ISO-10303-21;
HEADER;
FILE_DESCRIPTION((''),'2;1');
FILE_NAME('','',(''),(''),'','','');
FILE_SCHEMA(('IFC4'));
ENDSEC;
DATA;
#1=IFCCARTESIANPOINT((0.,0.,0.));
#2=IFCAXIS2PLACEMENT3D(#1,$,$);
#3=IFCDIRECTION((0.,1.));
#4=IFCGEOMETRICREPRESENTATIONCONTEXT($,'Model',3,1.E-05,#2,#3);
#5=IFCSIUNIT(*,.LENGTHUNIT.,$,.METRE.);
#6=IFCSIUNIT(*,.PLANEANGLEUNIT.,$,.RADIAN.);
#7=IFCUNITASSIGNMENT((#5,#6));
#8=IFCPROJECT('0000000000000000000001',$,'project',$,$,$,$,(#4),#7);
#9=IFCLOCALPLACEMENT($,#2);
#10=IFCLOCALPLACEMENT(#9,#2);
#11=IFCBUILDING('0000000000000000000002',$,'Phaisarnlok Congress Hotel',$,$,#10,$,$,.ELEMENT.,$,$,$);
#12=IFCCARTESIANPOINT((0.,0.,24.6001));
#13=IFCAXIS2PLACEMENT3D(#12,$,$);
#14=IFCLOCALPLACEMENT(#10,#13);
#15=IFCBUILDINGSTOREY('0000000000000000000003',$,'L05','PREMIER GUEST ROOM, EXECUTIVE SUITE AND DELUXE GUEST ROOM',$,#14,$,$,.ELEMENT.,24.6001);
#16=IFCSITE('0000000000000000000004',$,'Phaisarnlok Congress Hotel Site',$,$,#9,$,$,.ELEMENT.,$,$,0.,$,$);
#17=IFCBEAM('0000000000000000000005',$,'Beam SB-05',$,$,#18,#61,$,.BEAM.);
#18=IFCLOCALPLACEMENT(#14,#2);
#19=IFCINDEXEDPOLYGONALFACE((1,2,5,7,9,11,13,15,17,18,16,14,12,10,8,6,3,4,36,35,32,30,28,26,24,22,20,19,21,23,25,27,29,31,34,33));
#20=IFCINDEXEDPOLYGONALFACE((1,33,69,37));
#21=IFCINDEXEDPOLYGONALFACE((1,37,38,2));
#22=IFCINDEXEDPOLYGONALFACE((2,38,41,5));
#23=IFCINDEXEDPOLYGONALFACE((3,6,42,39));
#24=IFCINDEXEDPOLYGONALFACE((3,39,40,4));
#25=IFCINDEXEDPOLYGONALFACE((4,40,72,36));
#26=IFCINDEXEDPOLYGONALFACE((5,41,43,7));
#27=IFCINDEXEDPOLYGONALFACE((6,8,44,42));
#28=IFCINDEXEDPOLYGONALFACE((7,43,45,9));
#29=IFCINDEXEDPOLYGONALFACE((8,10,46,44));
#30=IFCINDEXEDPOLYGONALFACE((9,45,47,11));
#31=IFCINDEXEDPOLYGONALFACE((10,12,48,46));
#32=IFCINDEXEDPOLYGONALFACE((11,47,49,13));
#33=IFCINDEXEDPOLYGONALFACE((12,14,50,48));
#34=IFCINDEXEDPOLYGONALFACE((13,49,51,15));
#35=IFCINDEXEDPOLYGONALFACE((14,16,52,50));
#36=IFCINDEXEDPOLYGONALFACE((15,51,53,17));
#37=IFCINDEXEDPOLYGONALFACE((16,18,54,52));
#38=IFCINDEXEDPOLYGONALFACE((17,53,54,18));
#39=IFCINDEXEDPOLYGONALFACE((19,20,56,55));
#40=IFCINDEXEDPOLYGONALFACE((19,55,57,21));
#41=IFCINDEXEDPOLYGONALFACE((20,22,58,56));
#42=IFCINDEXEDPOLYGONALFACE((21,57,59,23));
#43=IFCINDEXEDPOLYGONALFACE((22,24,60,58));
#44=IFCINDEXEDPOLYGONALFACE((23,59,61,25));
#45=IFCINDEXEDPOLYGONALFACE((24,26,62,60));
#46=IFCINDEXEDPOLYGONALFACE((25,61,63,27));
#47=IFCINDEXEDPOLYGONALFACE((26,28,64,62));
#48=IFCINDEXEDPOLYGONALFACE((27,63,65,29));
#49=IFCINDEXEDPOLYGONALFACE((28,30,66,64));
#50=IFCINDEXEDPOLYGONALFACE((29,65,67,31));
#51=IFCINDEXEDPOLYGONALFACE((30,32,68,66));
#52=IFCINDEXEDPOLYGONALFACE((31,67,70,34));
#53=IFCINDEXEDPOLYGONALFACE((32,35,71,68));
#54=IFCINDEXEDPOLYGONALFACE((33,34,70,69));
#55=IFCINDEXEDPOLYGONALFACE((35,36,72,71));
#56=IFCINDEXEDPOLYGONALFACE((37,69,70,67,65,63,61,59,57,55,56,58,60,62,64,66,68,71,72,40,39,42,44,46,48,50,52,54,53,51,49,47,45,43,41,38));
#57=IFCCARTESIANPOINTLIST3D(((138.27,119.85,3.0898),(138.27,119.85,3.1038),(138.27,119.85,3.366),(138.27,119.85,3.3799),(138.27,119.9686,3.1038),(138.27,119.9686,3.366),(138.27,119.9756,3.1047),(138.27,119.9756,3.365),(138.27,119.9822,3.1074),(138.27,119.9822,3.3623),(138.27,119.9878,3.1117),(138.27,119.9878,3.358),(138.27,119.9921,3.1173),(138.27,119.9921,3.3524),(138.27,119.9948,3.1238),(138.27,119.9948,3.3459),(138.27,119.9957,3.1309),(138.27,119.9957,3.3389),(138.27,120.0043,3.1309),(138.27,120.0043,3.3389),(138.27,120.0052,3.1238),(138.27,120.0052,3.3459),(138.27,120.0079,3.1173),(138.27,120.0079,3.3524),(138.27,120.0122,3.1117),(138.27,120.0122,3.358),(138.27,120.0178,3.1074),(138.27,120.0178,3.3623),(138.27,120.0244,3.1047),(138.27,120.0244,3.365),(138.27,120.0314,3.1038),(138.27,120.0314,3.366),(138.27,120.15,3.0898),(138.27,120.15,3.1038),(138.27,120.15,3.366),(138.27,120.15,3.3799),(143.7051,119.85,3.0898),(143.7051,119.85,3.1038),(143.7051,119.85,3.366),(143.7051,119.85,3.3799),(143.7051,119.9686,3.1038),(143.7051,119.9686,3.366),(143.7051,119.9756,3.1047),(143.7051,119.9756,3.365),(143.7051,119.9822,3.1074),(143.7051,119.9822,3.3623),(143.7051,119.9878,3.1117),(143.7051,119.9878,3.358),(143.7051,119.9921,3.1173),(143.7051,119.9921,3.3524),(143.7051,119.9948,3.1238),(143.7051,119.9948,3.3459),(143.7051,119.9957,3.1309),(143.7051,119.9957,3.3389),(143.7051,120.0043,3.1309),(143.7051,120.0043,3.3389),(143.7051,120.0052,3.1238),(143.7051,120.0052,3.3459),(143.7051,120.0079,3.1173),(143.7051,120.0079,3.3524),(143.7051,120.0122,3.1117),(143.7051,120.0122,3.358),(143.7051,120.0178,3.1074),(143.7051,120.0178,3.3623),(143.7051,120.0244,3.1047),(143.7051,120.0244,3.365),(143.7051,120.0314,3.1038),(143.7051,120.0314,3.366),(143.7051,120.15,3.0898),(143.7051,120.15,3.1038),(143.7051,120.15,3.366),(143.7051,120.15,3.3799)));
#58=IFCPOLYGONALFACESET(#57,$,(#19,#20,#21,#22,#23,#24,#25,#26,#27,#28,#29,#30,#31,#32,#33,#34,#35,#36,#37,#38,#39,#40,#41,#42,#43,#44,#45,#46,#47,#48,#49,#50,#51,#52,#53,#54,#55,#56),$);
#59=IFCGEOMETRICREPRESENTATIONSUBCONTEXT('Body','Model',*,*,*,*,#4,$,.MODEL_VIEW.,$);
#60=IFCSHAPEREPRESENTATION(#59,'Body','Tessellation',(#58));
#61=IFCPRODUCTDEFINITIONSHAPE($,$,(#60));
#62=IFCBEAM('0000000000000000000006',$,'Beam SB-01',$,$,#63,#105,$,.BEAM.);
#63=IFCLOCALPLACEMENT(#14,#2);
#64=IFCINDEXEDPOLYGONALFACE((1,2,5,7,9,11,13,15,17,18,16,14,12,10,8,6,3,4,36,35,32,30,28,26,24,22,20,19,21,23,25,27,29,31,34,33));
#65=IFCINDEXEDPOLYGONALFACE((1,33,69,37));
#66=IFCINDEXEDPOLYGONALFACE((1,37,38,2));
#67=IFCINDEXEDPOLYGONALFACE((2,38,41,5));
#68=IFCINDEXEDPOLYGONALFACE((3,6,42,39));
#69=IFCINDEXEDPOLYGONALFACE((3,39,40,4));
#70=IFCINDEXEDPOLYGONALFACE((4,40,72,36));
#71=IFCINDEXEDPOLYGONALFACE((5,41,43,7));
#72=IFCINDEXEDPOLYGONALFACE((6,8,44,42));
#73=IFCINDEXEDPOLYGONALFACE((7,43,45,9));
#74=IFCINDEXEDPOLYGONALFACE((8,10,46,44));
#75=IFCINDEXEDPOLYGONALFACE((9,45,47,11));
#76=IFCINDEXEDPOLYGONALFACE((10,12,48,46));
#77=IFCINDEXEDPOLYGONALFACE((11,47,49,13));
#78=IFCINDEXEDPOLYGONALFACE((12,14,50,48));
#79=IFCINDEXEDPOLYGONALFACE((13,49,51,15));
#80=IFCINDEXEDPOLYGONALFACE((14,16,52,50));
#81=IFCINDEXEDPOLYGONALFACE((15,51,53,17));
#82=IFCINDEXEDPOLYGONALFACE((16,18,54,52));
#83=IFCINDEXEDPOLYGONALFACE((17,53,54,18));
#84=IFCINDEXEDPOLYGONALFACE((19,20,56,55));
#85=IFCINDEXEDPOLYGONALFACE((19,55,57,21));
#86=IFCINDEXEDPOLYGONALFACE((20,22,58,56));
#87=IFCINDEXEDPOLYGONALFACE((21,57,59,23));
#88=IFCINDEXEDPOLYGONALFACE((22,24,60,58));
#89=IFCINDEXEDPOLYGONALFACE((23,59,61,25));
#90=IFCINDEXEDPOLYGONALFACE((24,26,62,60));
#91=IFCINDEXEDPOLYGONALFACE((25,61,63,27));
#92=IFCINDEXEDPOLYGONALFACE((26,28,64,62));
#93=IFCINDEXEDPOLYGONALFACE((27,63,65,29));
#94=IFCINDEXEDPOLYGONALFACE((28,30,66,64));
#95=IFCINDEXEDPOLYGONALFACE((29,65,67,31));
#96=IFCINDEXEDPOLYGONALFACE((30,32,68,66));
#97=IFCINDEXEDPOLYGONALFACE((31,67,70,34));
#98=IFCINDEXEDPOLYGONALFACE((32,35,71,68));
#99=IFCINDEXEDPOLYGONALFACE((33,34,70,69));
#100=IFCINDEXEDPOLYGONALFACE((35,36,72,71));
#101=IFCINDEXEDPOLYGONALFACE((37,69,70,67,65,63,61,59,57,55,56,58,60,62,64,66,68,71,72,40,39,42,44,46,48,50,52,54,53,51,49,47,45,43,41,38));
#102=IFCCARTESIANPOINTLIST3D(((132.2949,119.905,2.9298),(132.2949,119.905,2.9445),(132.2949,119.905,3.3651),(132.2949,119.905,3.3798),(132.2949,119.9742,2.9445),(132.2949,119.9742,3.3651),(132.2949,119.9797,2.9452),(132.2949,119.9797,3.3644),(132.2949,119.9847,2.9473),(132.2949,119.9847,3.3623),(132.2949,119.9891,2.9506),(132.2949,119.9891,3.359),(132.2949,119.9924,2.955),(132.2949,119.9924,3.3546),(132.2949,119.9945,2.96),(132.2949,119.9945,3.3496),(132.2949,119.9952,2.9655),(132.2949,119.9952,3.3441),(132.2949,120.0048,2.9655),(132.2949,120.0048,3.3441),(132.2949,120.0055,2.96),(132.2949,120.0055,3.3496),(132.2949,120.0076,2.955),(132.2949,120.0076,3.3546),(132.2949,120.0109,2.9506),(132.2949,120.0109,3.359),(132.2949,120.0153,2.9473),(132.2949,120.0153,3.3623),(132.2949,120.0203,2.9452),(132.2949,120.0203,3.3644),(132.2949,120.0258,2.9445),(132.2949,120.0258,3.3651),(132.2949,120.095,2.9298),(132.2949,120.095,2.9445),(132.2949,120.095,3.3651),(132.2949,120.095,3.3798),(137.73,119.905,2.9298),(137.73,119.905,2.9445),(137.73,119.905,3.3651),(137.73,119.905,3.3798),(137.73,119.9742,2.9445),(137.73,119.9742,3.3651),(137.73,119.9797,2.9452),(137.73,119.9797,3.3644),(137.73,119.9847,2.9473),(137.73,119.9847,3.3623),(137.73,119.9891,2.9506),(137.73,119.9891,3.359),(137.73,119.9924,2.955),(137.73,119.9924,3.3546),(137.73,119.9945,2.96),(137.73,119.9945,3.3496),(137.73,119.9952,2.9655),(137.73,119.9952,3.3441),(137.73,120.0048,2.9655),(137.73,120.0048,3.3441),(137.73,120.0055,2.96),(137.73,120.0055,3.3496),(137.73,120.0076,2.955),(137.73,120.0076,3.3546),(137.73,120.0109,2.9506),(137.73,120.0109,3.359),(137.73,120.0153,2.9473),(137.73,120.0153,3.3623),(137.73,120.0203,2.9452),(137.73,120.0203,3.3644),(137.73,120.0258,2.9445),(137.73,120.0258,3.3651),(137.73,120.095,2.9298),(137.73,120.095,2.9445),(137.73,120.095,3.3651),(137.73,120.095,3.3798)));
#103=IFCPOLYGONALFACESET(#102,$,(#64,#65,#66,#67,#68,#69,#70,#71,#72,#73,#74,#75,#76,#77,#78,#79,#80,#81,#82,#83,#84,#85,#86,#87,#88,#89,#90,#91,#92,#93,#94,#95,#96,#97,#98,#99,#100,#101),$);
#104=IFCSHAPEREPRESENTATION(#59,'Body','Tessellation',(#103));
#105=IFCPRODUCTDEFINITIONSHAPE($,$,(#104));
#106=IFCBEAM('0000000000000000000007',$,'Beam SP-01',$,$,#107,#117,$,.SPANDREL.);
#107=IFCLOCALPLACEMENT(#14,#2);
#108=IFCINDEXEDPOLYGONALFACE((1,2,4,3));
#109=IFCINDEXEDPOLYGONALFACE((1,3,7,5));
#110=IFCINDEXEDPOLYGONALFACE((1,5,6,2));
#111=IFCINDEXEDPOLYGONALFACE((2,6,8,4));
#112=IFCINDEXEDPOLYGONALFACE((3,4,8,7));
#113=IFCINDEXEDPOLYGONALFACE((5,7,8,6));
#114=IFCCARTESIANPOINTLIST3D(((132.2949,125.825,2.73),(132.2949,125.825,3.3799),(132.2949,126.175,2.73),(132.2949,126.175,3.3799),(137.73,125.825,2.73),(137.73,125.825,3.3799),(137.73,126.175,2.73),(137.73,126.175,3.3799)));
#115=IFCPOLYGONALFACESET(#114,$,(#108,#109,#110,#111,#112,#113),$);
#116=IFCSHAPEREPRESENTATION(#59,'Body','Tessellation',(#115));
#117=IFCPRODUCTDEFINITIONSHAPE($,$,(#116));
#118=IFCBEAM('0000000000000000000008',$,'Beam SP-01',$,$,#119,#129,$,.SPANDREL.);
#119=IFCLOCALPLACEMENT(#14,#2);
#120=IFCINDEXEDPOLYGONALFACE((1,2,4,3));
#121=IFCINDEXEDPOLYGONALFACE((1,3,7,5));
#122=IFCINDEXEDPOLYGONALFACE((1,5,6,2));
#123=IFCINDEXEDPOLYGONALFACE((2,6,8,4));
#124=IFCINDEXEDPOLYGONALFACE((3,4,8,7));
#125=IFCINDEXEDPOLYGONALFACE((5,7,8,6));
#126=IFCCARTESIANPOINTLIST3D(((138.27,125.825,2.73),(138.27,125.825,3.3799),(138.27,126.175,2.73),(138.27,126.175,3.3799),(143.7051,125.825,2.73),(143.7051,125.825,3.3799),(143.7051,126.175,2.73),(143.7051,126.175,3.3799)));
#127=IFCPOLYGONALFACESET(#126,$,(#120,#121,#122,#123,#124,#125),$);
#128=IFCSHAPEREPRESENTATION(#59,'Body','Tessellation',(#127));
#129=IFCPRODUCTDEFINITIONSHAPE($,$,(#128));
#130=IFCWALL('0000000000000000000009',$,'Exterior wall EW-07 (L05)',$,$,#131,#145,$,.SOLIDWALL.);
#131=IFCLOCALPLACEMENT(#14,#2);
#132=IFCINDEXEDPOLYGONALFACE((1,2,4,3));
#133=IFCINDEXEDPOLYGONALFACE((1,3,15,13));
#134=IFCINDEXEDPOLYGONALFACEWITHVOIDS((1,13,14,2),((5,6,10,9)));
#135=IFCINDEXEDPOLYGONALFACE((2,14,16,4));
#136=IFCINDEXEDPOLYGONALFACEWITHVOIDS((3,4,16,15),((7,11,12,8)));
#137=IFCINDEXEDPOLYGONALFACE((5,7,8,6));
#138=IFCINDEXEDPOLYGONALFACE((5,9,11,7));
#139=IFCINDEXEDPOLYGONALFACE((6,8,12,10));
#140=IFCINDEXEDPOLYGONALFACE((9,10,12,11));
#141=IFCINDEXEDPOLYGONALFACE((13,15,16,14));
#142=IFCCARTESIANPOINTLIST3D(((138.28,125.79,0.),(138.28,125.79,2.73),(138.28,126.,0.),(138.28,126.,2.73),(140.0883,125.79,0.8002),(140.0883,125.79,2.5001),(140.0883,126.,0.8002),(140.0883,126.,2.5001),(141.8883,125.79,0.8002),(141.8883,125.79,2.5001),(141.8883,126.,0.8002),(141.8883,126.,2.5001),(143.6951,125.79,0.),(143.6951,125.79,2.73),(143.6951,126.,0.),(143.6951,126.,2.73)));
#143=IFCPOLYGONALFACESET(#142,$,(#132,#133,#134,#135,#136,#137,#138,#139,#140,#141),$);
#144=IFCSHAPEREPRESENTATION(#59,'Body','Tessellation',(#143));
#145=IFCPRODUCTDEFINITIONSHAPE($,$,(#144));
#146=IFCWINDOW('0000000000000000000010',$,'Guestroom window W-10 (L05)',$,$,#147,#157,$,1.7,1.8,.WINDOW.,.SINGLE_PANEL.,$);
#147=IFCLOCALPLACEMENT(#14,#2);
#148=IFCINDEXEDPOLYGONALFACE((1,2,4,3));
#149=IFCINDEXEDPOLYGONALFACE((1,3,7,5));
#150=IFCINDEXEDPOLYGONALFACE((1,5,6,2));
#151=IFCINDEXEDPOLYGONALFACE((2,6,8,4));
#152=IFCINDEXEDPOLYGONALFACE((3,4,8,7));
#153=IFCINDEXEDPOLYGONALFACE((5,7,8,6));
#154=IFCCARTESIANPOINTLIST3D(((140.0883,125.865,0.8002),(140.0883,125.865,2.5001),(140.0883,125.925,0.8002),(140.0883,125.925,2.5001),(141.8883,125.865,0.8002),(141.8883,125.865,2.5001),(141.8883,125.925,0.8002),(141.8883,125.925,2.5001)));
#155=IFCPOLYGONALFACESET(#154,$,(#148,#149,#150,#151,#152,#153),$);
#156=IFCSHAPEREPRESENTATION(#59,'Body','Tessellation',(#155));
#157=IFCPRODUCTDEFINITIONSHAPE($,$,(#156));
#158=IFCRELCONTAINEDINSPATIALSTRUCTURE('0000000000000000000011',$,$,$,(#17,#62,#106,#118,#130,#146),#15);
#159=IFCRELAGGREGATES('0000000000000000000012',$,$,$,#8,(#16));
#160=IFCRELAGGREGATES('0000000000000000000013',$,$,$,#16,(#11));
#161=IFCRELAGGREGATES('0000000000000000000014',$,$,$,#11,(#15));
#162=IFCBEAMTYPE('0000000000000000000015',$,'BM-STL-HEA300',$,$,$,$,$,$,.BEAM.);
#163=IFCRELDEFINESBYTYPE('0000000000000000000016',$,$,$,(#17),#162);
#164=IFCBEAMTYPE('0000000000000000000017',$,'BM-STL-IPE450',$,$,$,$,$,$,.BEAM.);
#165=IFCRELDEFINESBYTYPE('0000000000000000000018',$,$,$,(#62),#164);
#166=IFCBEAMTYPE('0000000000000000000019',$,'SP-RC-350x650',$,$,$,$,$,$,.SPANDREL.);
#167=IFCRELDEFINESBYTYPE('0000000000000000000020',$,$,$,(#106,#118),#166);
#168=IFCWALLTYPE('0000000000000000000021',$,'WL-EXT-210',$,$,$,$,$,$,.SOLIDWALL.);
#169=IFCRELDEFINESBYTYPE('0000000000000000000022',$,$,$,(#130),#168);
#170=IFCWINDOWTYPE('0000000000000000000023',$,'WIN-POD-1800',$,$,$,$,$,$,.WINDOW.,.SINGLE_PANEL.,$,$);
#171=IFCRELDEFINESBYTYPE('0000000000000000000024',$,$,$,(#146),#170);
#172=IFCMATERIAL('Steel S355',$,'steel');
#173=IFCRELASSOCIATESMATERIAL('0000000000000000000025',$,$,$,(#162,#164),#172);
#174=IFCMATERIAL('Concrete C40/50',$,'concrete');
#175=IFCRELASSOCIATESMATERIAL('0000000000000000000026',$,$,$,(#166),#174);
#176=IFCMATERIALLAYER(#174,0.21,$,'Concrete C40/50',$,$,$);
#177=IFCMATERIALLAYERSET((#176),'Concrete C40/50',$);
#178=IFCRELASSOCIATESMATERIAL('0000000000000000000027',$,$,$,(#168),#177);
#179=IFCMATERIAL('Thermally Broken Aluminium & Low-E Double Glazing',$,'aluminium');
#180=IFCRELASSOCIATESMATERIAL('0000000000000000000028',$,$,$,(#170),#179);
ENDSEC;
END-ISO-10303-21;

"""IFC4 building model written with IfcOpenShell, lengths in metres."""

from ifc_helpers import new_model, si_unit, direction, frame, frame_2d, origin, origin_2d, place, context, subcontext, project, spatial, rectangle, i_section, extrude, material, layer, layer_set, material_profile, profile_set, type_object, element, fill, save


model = new_model("IFC4")

# Units and contexts
model_context = context("Model", 3, precision=1e-05, world=origin(), true_north=direction((0.0, 1.0)))
body_context = subcontext(model_context, "Body", "Model", "MODEL_VIEW")
ifc_project = project(units=[si_unit("LENGTHUNIT", "METRE"), si_unit("PLANEANGLEUNIT", "RADIAN")], contexts=[model_context])

# Site, building, storey
site_placement = place(None, origin())
site = spatial("IfcSite", under=ifc_project, at=site_placement, Name="Phaisarnlok Congress Hotel Site", CompositionType="ELEMENT", RefElevation=0.0)
building_placement = place(site_placement, origin())
building = spatial("IfcBuilding", under=site, at=building_placement, Name="Phaisarnlok Congress Hotel", CompositionType="ELEMENT")
storey_placement = place(building_placement, frame((0.0, 0.0, 24.6001)))
storey = spatial("IfcBuildingStorey", under=building, at=storey_placement, Name="L05", Description="PREMIER GUEST ROOM, EXECUTIVE SUITE AND DELUXE GUEST ROOM", CompositionType="ELEMENT", Elevation=24.6001)

# Beams
ifc_material_1 = material(Name="Concrete C40/50", Category="concrete")
ifc_material_2 = material(Name="Steel S355", Category="steel")
ifc_material_profile_1 = material_profile(ifc_material_2, i_section(OverallWidth=0.3, OverallDepth=0.29, WebThickness=0.0085, FlangeThickness=0.0139, FilletRadius=0.0271, at=origin_2d()), Name="HEA 300")
ifc_profile_set_1 = profile_set([ifc_material_profile_1], Name="Steel S355")
beam_type_1 = type_object("IfcBeamType", Name="BM-STL-HEA300", PredefinedType="BEAM", material=ifc_profile_set_1)
beam_1_placement = place(storey_placement, frame((138.27, 120.0, 3.2349), z_axis=(1.0, 0.0, 0.0), x_axis=(0.0, 1.0, 0.0)))
element("IfcBeam", 1, at=beam_1_placement, inside=storey, type_object=beam_type_1, Name="Beam SB-05", PredefinedType="BEAM", context=body_context, shape_type="SweptSolid", body=[
    extrude(i_section(OverallWidth=0.3, OverallDepth=0.29, WebThickness=0.0085, FlangeThickness=0.0139, FilletRadius=0.0271, at=origin_2d()), origin(), (0.0, 0.0, 1.0), 5.4351),
])
ifc_material_profile_2 = material_profile(ifc_material_2, i_section(OverallWidth=0.1899, OverallDepth=0.45, WebThickness=0.0095, FlangeThickness=0.0146, FilletRadius=0.021, at=origin_2d()), Name="IPE 450")
ifc_profile_set_2 = profile_set([ifc_material_profile_2], Name="Steel S355")
beam_type_2 = type_object("IfcBeamType", Name="BM-STL-IPE450", PredefinedType="BEAM", material=ifc_profile_set_2)
beam_2_placement = place(storey_placement, frame((132.2949, 120.0, 3.1548), z_axis=(1.0, 0.0, 0.0), x_axis=(0.0, 1.0, 0.0)))
element("IfcBeam", 2, at=beam_2_placement, inside=storey, type_object=beam_type_2, Name="Beam SB-01", PredefinedType="BEAM", context=body_context, shape_type="SweptSolid", body=[
    extrude(i_section(OverallWidth=0.1899, OverallDepth=0.45, WebThickness=0.0095, FlangeThickness=0.0146, FilletRadius=0.021, at=origin_2d()), origin(), (0.0, 0.0, 1.0), 5.4351),
])
ifc_material_profile_3 = material_profile(ifc_material_1, rectangle(XDim=0.3501, YDim=0.6499, at=origin_2d()), Name="RC 350x650")
ifc_profile_set_3 = profile_set([ifc_material_profile_3], Name="Concrete C40/50")
beam_type_3 = type_object("IfcBeamType", Name="SP-RC-350x650", PredefinedType="SPANDREL", material=ifc_profile_set_3)
for number, where, z_axis, x_axis, name in (
    (3, (132.2949, 126.0, 3.0549), (1.0, 0.0, 0.0), (0.0, 1.0, 0.0), "Beam SP-01"),
    (4, (138.27, 126.0, 3.0549), (1.0, 0.0, 0.0), (0.0, 1.0, 0.0), "Beam SP-01"),
):
    element("IfcBeam", number, at=place(storey_placement, frame(where, z_axis=z_axis, x_axis=x_axis)), inside=storey, type_object=beam_type_3, Name=name, PredefinedType="SPANDREL", context=body_context, shape_type="SweptSolid", body=[
        extrude(rectangle(XDim=0.3501, YDim=0.6499, at=origin_2d()), origin(), (0.0, 0.0, 1.0), 5.4351),
    ])

# Wall, opening, window
ifc_layer_1 = layer(ifc_material_1, 0.21, Name="Concrete C40/50")
ifc_layer_set_1 = layer_set([ifc_layer_1], Name="Concrete C40/50")
wall_type_1 = type_object("IfcWallType", Name="WL-EXT-210", PredefinedType="SOLIDWALL", material=ifc_layer_set_1)
wall_1_placement = place(storey_placement, frame((143.6951, 125.895, 0.0), z_axis=(0.0, 0.0, 1.0), x_axis=(-1.0, 0.0, 0.0)))
wall_1 = element("IfcWall", 5, at=wall_1_placement, inside=storey, type_object=wall_type_1, Name="Exterior wall EW-07 (L05)", PredefinedType="SOLIDWALL", context=body_context, shape_type="SweptSolid", body=[
    extrude(rectangle(XDim=5.415, YDim=0.21, at=frame_2d((2.7075, 0.0))), origin(), (0.0, 0.0, 1.0), 2.73),
])
opening_1_placement = place(wall_1_placement, frame((1.8069, 0.0, 0.8)))
opening_1 = element("IfcOpeningElement", 6, at=opening_1_placement, cuts=wall_1, PredefinedType="OPENING", context=body_context, shape_type="SweptSolid", body=[
    extrude(rectangle(XDim=1.8, YDim=1.7, at=frame_2d((0.8999, 0.8501))), frame((0.0, 0.115, 0.0), z_axis=(0.0, -1.0, 0.0), x_axis=(1.0, 0.0, 0.0)), (0.0, 0.0, 1.0), 0.23),
])
ifc_material_3 = material(Name="Thermally Broken Aluminium & Low-E Double Glazing", Category="aluminium")
window_type = type_object("IfcWindowType", Name="WIN-POD-1800", PartitioningType="SINGLE_PANEL", PredefinedType="WINDOW", material=ifc_material_3)
window_1_placement = place(opening_1_placement, origin())
window_1 = element("IfcWindow", 7, at=window_1_placement, inside=storey, type_object=window_type, Name="Guestroom window W-10 (L05)", OverallHeight=1.7, OverallWidth=1.8, PartitioningType="SINGLE_PANEL", PredefinedType="WINDOW", context=body_context, shape_type="SweptSolid", body=[
    extrude(rectangle(XDim=1.8, YDim=1.7, at=frame_2d((0.8999, 0.8501))), frame((0.0, 0.03, 0.0), z_axis=(0.0, -1.0, 0.0), x_axis=(1.0, 0.0, 0.0)), (0.0, 0.0, 1.0), 0.0601),
])
fill(opening_1, window_1)

save(model, "model.ifc")
